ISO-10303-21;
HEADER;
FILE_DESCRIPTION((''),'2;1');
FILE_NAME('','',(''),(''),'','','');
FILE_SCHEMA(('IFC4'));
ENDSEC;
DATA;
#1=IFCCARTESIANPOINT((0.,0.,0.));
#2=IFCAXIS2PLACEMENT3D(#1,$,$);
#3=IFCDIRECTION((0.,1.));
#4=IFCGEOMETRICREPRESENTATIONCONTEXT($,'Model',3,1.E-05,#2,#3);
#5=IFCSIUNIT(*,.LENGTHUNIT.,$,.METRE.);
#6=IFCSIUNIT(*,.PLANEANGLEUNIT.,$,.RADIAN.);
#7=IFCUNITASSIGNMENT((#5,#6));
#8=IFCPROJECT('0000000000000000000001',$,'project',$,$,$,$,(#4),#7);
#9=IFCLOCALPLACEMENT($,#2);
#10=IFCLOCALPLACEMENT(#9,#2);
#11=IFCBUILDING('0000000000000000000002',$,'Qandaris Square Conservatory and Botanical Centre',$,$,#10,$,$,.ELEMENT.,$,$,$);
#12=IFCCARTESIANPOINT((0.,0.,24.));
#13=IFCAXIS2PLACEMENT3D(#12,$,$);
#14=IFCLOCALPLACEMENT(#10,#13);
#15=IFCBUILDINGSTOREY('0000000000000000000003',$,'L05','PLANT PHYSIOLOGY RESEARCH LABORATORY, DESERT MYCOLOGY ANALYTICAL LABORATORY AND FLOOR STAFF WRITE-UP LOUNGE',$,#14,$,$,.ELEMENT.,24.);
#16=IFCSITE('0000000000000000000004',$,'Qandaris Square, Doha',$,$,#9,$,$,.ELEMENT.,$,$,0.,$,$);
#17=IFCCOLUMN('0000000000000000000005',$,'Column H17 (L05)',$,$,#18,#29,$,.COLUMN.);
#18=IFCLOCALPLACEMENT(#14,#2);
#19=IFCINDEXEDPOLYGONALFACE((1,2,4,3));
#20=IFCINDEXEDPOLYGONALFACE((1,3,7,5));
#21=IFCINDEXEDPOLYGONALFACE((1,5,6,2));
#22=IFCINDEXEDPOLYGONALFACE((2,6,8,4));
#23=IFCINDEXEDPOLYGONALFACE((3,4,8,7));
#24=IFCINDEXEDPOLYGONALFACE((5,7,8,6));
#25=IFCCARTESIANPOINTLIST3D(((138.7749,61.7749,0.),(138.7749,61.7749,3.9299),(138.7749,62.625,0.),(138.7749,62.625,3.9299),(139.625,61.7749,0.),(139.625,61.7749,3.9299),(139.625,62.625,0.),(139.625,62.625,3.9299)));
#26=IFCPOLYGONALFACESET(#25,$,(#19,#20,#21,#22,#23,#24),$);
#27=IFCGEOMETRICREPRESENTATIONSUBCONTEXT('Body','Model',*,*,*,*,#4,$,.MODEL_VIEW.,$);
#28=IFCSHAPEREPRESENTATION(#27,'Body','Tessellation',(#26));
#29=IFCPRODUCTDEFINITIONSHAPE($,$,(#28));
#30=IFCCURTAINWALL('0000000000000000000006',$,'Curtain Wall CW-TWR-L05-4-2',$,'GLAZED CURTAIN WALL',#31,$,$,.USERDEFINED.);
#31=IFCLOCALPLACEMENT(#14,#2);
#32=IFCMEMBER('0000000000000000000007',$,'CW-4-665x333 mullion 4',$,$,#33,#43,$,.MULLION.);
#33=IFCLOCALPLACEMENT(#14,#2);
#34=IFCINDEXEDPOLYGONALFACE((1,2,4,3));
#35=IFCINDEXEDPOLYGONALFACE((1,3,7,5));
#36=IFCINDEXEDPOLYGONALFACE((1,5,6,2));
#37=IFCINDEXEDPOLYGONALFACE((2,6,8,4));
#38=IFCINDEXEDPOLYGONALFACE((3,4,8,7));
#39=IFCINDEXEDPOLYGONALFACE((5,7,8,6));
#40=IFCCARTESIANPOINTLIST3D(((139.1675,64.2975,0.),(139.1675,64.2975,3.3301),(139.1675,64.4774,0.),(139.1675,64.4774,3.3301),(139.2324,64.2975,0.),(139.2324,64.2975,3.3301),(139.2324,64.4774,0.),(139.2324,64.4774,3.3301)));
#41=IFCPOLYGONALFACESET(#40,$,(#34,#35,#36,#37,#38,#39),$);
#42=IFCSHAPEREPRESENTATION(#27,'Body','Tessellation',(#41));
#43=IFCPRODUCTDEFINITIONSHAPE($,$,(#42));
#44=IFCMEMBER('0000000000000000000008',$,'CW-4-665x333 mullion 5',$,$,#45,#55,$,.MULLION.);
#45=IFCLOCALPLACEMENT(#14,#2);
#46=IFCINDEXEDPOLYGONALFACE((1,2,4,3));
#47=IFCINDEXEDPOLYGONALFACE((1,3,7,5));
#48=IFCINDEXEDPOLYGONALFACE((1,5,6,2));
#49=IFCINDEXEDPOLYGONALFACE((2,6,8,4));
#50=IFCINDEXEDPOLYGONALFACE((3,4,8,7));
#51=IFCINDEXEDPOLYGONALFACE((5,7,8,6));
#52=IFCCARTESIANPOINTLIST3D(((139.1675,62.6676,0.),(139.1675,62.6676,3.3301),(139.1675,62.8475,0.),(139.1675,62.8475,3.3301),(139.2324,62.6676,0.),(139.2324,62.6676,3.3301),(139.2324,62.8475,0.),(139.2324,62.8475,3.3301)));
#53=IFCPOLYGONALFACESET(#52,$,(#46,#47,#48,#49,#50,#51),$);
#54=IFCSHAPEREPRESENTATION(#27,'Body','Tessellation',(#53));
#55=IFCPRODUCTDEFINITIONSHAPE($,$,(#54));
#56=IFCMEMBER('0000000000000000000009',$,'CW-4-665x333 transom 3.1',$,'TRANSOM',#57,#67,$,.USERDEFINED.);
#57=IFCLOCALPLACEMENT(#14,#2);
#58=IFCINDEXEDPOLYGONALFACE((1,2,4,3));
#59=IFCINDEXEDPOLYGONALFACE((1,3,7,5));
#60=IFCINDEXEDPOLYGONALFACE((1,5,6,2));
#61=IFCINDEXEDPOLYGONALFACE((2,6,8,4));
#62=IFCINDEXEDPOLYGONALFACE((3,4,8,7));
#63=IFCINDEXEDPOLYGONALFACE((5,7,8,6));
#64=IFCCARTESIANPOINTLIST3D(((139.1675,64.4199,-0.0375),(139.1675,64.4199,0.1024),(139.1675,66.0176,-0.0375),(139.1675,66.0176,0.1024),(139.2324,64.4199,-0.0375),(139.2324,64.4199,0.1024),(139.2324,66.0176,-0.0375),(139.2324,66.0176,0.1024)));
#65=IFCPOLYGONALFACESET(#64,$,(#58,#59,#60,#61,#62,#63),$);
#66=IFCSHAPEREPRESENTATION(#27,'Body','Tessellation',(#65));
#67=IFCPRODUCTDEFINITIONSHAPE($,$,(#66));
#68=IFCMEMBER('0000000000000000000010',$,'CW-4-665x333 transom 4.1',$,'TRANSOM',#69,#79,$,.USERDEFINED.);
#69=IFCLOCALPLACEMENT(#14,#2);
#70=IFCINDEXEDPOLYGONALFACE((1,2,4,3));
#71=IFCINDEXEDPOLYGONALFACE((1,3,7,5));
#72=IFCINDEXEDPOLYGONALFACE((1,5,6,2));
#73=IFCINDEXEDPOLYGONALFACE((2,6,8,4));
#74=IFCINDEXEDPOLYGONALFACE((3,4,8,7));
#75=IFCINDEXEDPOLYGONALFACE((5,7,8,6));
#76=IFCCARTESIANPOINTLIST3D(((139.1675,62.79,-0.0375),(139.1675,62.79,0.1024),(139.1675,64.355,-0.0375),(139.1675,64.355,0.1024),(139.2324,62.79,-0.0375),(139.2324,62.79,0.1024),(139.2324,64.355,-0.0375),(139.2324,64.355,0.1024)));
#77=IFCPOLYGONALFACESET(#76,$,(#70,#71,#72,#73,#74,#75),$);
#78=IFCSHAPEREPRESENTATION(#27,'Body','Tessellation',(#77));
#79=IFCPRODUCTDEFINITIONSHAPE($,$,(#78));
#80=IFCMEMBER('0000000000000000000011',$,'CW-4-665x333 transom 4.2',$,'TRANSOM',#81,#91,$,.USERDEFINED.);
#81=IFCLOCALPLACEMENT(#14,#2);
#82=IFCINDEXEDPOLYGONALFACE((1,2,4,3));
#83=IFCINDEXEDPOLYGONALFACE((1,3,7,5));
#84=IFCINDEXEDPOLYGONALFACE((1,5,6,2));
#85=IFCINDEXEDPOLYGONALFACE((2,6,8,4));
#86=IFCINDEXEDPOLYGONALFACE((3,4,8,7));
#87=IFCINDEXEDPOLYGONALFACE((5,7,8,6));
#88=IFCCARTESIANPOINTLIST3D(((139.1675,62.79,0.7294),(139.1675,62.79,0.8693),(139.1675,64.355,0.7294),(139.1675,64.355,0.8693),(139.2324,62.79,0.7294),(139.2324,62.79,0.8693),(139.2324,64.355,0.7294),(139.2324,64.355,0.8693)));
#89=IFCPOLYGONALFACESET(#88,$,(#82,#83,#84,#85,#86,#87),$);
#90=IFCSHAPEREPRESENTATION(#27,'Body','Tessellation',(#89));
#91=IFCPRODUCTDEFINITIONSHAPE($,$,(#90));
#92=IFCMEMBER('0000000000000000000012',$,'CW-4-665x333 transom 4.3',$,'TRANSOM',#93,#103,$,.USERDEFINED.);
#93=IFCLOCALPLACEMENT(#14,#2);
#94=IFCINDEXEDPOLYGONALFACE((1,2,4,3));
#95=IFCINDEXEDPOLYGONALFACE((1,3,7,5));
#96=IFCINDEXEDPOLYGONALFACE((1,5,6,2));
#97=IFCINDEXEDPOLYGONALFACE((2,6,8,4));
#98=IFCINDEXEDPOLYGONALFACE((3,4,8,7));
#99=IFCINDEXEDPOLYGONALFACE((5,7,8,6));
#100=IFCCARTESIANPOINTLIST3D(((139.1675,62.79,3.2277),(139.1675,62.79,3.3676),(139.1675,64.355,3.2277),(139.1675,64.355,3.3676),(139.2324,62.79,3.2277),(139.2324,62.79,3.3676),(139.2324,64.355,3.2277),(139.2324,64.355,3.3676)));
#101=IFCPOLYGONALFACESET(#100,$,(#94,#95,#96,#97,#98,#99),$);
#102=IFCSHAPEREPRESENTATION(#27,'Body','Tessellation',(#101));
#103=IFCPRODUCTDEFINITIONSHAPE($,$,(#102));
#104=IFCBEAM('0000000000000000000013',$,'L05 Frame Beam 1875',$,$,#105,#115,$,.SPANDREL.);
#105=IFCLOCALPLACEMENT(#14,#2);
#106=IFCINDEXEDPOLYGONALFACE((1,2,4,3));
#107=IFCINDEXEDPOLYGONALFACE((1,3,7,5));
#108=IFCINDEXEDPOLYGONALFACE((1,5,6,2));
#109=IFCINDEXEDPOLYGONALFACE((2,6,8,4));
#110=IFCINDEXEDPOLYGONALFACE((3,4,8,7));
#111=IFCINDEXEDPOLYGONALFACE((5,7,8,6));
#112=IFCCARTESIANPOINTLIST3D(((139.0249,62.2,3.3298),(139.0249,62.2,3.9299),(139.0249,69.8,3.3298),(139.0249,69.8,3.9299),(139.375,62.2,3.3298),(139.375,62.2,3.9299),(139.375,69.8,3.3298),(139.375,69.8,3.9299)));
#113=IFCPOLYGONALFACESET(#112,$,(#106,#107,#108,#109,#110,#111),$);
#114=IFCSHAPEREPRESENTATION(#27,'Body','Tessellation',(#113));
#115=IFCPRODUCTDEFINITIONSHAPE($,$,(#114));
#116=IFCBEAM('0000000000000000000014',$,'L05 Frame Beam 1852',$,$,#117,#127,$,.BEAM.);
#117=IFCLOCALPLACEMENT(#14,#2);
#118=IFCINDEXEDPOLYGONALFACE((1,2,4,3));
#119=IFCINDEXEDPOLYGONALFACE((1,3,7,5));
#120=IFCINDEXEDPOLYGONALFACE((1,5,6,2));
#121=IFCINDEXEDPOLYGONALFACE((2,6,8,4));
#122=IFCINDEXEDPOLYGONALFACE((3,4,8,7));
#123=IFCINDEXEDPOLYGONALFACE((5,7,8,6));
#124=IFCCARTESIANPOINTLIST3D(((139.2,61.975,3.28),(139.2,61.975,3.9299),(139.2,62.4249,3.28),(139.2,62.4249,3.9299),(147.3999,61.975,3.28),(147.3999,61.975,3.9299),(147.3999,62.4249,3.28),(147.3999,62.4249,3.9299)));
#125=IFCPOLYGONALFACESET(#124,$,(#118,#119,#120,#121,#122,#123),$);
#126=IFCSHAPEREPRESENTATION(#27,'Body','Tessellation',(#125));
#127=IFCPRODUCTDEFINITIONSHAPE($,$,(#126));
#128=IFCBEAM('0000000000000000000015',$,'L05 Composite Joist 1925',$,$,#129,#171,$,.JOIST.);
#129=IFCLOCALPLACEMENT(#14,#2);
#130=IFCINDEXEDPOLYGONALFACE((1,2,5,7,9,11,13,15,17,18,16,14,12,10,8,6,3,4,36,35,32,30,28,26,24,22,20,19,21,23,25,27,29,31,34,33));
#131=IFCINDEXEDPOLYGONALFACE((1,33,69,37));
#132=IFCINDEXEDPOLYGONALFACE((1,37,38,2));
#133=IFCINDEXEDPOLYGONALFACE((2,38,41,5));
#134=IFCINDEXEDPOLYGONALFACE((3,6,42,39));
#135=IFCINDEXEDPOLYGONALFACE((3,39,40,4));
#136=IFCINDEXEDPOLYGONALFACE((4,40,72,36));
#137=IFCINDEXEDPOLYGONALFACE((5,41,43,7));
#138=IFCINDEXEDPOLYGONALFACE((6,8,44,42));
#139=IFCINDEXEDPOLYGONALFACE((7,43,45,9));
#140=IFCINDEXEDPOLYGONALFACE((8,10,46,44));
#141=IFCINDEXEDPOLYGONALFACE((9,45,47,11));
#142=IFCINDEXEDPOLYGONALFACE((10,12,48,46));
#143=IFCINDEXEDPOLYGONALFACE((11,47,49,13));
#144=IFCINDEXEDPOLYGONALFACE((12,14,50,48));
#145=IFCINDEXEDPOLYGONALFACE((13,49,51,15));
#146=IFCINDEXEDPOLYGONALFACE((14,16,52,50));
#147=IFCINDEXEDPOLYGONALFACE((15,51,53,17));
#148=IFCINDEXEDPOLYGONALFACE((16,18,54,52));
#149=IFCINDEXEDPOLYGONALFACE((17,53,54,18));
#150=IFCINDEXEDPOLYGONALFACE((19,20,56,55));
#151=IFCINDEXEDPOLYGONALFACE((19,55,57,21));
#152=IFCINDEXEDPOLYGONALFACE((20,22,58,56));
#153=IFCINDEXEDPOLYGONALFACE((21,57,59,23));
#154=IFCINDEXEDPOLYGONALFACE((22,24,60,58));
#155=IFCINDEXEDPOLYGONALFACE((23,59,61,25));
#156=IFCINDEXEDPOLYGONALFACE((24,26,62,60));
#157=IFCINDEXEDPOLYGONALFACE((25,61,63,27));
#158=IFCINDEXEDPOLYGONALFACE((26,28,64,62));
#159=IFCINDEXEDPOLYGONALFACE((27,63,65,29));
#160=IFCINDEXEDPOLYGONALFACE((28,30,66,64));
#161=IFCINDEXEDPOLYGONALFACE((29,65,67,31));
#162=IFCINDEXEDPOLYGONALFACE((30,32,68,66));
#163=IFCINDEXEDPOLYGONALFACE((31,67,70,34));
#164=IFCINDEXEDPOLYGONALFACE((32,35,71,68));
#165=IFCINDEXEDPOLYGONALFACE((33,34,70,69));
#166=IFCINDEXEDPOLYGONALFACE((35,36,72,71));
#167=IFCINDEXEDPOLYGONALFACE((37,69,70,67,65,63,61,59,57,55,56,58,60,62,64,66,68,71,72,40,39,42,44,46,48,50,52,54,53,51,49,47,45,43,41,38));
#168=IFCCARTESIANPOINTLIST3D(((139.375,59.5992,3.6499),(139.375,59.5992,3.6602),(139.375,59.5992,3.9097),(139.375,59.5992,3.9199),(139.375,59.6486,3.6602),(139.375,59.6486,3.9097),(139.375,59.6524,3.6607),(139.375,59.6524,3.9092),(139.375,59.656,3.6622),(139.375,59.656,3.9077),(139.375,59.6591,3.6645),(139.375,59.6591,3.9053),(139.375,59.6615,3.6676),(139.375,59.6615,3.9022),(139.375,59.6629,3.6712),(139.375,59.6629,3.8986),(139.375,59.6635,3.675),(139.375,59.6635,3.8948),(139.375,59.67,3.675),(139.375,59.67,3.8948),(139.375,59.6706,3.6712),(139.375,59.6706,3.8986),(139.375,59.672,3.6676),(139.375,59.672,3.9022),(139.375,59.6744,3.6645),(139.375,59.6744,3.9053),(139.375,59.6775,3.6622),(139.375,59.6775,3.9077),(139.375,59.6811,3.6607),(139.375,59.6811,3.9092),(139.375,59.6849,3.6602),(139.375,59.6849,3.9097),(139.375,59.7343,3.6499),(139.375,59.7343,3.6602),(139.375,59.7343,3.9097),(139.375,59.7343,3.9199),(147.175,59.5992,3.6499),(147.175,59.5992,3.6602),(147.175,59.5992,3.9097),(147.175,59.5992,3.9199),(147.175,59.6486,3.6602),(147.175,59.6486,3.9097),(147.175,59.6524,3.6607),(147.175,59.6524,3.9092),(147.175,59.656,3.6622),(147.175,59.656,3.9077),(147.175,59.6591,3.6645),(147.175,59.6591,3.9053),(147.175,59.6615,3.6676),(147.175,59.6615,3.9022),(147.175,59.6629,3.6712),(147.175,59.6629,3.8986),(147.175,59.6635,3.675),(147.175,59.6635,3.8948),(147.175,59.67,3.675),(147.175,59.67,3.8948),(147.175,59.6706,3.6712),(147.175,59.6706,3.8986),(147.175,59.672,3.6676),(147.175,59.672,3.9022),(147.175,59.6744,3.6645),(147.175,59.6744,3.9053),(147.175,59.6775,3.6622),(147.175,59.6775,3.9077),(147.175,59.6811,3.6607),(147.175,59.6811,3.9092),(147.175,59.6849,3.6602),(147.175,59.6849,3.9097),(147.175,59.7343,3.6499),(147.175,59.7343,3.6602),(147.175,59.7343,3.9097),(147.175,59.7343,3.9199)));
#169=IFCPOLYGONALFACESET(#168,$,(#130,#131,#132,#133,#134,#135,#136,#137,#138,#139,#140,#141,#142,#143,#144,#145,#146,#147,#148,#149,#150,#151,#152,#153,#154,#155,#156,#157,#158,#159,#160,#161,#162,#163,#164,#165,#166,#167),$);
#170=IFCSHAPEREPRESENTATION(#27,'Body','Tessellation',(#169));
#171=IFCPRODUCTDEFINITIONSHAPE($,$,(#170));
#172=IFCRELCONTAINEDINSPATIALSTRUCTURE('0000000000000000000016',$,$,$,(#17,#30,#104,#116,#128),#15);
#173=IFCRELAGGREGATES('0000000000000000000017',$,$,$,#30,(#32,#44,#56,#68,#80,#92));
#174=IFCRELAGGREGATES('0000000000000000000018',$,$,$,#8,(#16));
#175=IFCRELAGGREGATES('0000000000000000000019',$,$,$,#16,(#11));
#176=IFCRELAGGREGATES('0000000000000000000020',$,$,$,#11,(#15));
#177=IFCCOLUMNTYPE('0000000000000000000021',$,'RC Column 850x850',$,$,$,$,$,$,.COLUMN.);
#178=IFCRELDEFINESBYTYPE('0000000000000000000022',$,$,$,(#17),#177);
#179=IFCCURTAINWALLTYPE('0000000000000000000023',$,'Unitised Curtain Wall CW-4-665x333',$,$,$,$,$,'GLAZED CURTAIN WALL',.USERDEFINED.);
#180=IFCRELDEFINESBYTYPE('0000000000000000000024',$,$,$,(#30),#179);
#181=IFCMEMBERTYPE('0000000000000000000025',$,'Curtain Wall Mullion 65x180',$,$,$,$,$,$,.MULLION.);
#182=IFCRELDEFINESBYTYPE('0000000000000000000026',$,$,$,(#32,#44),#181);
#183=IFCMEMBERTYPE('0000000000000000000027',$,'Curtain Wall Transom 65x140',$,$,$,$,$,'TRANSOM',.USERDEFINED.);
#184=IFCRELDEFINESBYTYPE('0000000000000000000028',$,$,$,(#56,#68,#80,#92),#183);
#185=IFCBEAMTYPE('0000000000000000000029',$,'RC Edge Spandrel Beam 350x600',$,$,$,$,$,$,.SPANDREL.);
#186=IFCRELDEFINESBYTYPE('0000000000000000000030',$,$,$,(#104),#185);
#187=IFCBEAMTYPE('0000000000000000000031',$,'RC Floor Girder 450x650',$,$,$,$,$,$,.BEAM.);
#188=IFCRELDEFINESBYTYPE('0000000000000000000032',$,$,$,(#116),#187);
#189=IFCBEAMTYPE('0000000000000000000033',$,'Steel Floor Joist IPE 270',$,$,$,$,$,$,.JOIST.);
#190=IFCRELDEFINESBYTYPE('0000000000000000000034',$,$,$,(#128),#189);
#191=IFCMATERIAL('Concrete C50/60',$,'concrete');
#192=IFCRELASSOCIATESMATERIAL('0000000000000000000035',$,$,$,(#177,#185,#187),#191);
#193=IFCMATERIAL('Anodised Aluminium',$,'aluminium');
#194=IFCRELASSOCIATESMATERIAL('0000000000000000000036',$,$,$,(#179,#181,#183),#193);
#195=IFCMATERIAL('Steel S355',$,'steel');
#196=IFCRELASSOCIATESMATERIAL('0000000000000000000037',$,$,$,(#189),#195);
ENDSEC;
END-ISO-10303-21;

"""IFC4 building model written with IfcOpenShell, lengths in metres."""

from ifc_helpers import new_model, si_unit, direction, frame, origin, origin_2d, place, context, subcontext, project, spatial, rectangle, i_section, extrude, material, material_profile, profile_set, type_object, element, aggregate, save


model = new_model("IFC4")

# Units and contexts
model_context = context("Model", 3, precision=1e-05, world=origin(), true_north=direction((0.0, 1.0)))
body_context = subcontext(model_context, "Body", "Model", "MODEL_VIEW")
ifc_project = project(units=[si_unit("LENGTHUNIT", "METRE"), si_unit("PLANEANGLEUNIT", "RADIAN")], contexts=[model_context])

# Site, building, storey
site_placement = place(None, origin())
site = spatial("IfcSite", under=ifc_project, at=site_placement, Name="Qandaris Square, Doha", CompositionType="ELEMENT", RefElevation=0.0)
building_placement = place(site_placement, origin())
building = spatial("IfcBuilding", under=site, at=building_placement, Name="Qandaris Square Conservatory and Botanical Centre", CompositionType="ELEMENT")
storey_placement = place(building_placement, frame((0.0, 0.0, 24.0)))
storey = spatial("IfcBuildingStorey", under=building, at=storey_placement, Name="L05", Description="PLANT PHYSIOLOGY RESEARCH LABORATORY, DESERT MYCOLOGY ANALYTICAL LABORATORY AND FLOOR STAFF WRITE-UP LOUNGE", CompositionType="ELEMENT", Elevation=24.0)

# Column
ifc_material_1 = material(Name="Concrete C50/60", Category="concrete")
ifc_material_profile_1 = material_profile(ifc_material_1, rectangle(XDim=0.8501, YDim=0.8501, at=origin_2d()), Name="RC-COL 850x850")
ifc_profile_set_1 = profile_set([ifc_material_profile_1], Name="Concrete C50/60")
column_type = type_object("IfcColumnType", Name="RC Column 850x850", PredefinedType="COLUMN", material=ifc_profile_set_1)
column_placement = place(storey_placement, frame((139.2, 62.2, 0.0), z_axis=(0.0, 0.0, 1.0), x_axis=(1.0, 0.0, 0.0)))
element("IfcColumn", 1, at=column_placement, inside=storey, type_object=column_type, Name="Column H17 (L05)", PredefinedType="COLUMN", context=body_context, shape_type="SweptSolid", body=[
    extrude(rectangle(XDim=0.8501, YDim=0.8501, at=origin_2d()), origin(), (0.0, 0.0, 1.0), 3.9299),
])

# Curtain wall, members
ifc_material_2 = material(Name="Anodised Aluminium", Category="aluminium")
curtain_wall_type = type_object("IfcCurtainWallType", Name="Unitised Curtain Wall CW-4-665x333", ElementType="GLAZED CURTAIN WALL", PredefinedType="USERDEFINED", material=ifc_material_2)
curtain_wall_placement = place(storey_placement, origin())
curtain_wall = element("IfcCurtainWall", 2, at=curtain_wall_placement, inside=storey, type_object=curtain_wall_type, Name="Curtain Wall CW-TWR-L05-4-2", ObjectType="GLAZED CURTAIN WALL", PredefinedType="USERDEFINED")
ifc_material_profile_2 = material_profile(ifc_material_2, rectangle(XDim=0.0649, YDim=0.1799, at=origin_2d()), Name="ALU-MUL 65x180")
ifc_profile_set_2 = profile_set([ifc_material_profile_2], Name="Anodised Aluminium")
member_type_1 = type_object("IfcMemberType", Name="Curtain Wall Mullion 65x180", PredefinedType="MULLION", material=ifc_profile_set_2)
member_1_placement = place(storey_placement, frame((139.2, 64.3875, 0.0), z_axis=(0.0, 0.0, 1.0), x_axis=(1.0, 0.0, 0.0)))
member_1 = element("IfcMember", 3, at=member_1_placement, type_object=member_type_1, Name="CW-4-665x333 mullion 4", PredefinedType="MULLION", context=body_context, shape_type="SweptSolid", body=[
    extrude(rectangle(XDim=0.0649, YDim=0.1799, at=origin_2d()), origin(), (0.0, 0.0, 1.0), 3.3301),
])
member_2_placement = place(storey_placement, frame((139.2, 62.7576, 0.0), z_axis=(0.0, 0.0, 1.0), x_axis=(1.0, 0.0, 0.0)))
member_2 = element("IfcMember", 4, at=member_2_placement, type_object=member_type_1, Name="CW-4-665x333 mullion 5", PredefinedType="MULLION", context=body_context, shape_type="SweptSolid", body=[
    extrude(rectangle(XDim=0.0649, YDim=0.1799, at=origin_2d()), origin(), (0.0, 0.0, 1.0), 3.3301),
])
ifc_material_profile_3 = material_profile(ifc_material_2, rectangle(XDim=0.0649, YDim=0.1399, at=origin_2d()), Name="ALU-TRN 65x140")
ifc_profile_set_3 = profile_set([ifc_material_profile_3], Name="Anodised Aluminium")
member_type_2 = type_object("IfcMemberType", Name="Curtain Wall Transom 65x140", ElementType="TRANSOM", PredefinedType="USERDEFINED", material=ifc_profile_set_3)
member_3_placement = place(storey_placement, frame((139.2, 66.0176, 0.0325), z_axis=(0.0, -1.0, 0.0), x_axis=(1.0, 0.0, 0.0)))
member_3 = element("IfcMember", 5, at=member_3_placement, type_object=member_type_2, Name="CW-4-665x333 transom 3.1", ObjectType="TRANSOM", PredefinedType="USERDEFINED", context=body_context, shape_type="SweptSolid", body=[
    extrude(rectangle(XDim=0.0649, YDim=0.1399, at=origin_2d()), origin(), (0.0, 0.0, 1.0), 1.5977),
])
member_4_placement = place(storey_placement, frame((139.2, 64.355, 0.0325), z_axis=(0.0, -1.0, 0.0), x_axis=(1.0, 0.0, 0.0)))
member_4 = element("IfcMember", 6, at=member_4_placement, type_object=member_type_2, Name="CW-4-665x333 transom 4.1", ObjectType="TRANSOM", PredefinedType="USERDEFINED", context=body_context, shape_type="SweptSolid", body=[
    extrude(rectangle(XDim=0.0649, YDim=0.1399, at=origin_2d()), origin(), (0.0, 0.0, 1.0), 1.5649),
])
member_5_placement = place(storey_placement, frame((139.2, 64.355, 0.7993), z_axis=(0.0, -1.0, 0.0), x_axis=(1.0, 0.0, 0.0)))
member_5 = element("IfcMember", 7, at=member_5_placement, type_object=member_type_2, Name="CW-4-665x333 transom 4.2", ObjectType="TRANSOM", PredefinedType="USERDEFINED", context=body_context, shape_type="SweptSolid", body=[
    extrude(rectangle(XDim=0.0649, YDim=0.1399, at=origin_2d()), origin(), (0.0, 0.0, 1.0), 1.5649),
])
member_6_placement = place(storey_placement, frame((139.2, 64.355, 3.2976), z_axis=(0.0, -1.0, 0.0), x_axis=(1.0, 0.0, 0.0)))
member_6 = element("IfcMember", 8, at=member_6_placement, type_object=member_type_2, Name="CW-4-665x333 transom 4.3", ObjectType="TRANSOM", PredefinedType="USERDEFINED", context=body_context, shape_type="SweptSolid", body=[
    extrude(rectangle(XDim=0.0649, YDim=0.1399, at=origin_2d()), origin(), (0.0, 0.0, 1.0), 1.5649),
])

# Beams
ifc_material_profile_4 = material_profile(ifc_material_1, rectangle(XDim=0.3501, YDim=0.6001, at=origin_2d()), Name="RC-SP 350x600")
ifc_profile_set_4 = profile_set([ifc_material_profile_4], Name="Concrete C50/60")
beam_type_1 = type_object("IfcBeamType", Name="RC Edge Spandrel Beam 350x600", PredefinedType="SPANDREL", material=ifc_profile_set_4)
beam_1_placement = place(storey_placement, frame((139.2, 62.2, 3.6299), z_axis=(0.0, 1.0, 0.0), x_axis=(-1.0, 0.0, 0.0)))
element("IfcBeam", 9, at=beam_1_placement, inside=storey, type_object=beam_type_1, Name="L05 Frame Beam 1875", PredefinedType="SPANDREL", context=body_context, shape_type="SweptSolid", body=[
    extrude(rectangle(XDim=0.3501, YDim=0.6001, at=origin_2d()), origin(), (0.0, 0.0, 1.0), 7.6001),
])
ifc_material_profile_5 = material_profile(ifc_material_1, rectangle(XDim=0.45, YDim=0.6499, at=origin_2d()), Name="RC-BM 450x650")
ifc_profile_set_5 = profile_set([ifc_material_profile_5], Name="Concrete C50/60")
beam_type_2 = type_object("IfcBeamType", Name="RC Floor Girder 450x650", PredefinedType="BEAM", material=ifc_profile_set_5)
beam_2_placement = place(storey_placement, frame((139.2, 62.2, 3.605), z_axis=(1.0, 0.0, 0.0), x_axis=(0.0, 1.0, 0.0)))
element("IfcBeam", 10, at=beam_2_placement, inside=storey, type_object=beam_type_2, Name="L05 Frame Beam 1852", PredefinedType="BEAM", context=body_context, shape_type="SweptSolid", body=[
    extrude(rectangle(XDim=0.45, YDim=0.6499, at=origin_2d()), origin(), (0.0, 0.0, 1.0), 8.2),
])
ifc_material_3 = material(Name="Steel S355", Category="steel")
ifc_material_profile_6 = material_profile(ifc_material_3, i_section(OverallWidth=0.135, OverallDepth=0.27, WebThickness=0.0066, FlangeThickness=0.0103, FilletRadius=0.0149, at=origin_2d()), Name="IPE 270")
ifc_profile_set_6 = profile_set([ifc_material_profile_6], Name="Steel S355")
beam_type_3 = type_object("IfcBeamType", Name="Steel Floor Joist IPE 270", PredefinedType="JOIST", material=ifc_profile_set_6)
for number, where, z_axis, x_axis, name in (
    (11, (139.375, 59.6667, 3.7849), (1.0, 0.0, 0.0), (0.0, 1.0, 0.0), "L05 Composite Joist 1925"),
):
    element("IfcBeam", number, at=place(storey_placement, frame(where, z_axis=z_axis, x_axis=x_axis)), inside=storey, type_object=beam_type_3, Name=name, PredefinedType="JOIST", context=body_context, shape_type="SweptSolid", body=[
        extrude(i_section(OverallWidth=0.135, OverallDepth=0.27, WebThickness=0.0066, FlangeThickness=0.0103, FilletRadius=0.0149, at=origin_2d()), origin(), (0.0, 0.0, 1.0), 7.8),
    ])

aggregate(curtain_wall, [member_1, member_2, member_3, member_4, member_5, member_6])

save(model, "model.ifc")
